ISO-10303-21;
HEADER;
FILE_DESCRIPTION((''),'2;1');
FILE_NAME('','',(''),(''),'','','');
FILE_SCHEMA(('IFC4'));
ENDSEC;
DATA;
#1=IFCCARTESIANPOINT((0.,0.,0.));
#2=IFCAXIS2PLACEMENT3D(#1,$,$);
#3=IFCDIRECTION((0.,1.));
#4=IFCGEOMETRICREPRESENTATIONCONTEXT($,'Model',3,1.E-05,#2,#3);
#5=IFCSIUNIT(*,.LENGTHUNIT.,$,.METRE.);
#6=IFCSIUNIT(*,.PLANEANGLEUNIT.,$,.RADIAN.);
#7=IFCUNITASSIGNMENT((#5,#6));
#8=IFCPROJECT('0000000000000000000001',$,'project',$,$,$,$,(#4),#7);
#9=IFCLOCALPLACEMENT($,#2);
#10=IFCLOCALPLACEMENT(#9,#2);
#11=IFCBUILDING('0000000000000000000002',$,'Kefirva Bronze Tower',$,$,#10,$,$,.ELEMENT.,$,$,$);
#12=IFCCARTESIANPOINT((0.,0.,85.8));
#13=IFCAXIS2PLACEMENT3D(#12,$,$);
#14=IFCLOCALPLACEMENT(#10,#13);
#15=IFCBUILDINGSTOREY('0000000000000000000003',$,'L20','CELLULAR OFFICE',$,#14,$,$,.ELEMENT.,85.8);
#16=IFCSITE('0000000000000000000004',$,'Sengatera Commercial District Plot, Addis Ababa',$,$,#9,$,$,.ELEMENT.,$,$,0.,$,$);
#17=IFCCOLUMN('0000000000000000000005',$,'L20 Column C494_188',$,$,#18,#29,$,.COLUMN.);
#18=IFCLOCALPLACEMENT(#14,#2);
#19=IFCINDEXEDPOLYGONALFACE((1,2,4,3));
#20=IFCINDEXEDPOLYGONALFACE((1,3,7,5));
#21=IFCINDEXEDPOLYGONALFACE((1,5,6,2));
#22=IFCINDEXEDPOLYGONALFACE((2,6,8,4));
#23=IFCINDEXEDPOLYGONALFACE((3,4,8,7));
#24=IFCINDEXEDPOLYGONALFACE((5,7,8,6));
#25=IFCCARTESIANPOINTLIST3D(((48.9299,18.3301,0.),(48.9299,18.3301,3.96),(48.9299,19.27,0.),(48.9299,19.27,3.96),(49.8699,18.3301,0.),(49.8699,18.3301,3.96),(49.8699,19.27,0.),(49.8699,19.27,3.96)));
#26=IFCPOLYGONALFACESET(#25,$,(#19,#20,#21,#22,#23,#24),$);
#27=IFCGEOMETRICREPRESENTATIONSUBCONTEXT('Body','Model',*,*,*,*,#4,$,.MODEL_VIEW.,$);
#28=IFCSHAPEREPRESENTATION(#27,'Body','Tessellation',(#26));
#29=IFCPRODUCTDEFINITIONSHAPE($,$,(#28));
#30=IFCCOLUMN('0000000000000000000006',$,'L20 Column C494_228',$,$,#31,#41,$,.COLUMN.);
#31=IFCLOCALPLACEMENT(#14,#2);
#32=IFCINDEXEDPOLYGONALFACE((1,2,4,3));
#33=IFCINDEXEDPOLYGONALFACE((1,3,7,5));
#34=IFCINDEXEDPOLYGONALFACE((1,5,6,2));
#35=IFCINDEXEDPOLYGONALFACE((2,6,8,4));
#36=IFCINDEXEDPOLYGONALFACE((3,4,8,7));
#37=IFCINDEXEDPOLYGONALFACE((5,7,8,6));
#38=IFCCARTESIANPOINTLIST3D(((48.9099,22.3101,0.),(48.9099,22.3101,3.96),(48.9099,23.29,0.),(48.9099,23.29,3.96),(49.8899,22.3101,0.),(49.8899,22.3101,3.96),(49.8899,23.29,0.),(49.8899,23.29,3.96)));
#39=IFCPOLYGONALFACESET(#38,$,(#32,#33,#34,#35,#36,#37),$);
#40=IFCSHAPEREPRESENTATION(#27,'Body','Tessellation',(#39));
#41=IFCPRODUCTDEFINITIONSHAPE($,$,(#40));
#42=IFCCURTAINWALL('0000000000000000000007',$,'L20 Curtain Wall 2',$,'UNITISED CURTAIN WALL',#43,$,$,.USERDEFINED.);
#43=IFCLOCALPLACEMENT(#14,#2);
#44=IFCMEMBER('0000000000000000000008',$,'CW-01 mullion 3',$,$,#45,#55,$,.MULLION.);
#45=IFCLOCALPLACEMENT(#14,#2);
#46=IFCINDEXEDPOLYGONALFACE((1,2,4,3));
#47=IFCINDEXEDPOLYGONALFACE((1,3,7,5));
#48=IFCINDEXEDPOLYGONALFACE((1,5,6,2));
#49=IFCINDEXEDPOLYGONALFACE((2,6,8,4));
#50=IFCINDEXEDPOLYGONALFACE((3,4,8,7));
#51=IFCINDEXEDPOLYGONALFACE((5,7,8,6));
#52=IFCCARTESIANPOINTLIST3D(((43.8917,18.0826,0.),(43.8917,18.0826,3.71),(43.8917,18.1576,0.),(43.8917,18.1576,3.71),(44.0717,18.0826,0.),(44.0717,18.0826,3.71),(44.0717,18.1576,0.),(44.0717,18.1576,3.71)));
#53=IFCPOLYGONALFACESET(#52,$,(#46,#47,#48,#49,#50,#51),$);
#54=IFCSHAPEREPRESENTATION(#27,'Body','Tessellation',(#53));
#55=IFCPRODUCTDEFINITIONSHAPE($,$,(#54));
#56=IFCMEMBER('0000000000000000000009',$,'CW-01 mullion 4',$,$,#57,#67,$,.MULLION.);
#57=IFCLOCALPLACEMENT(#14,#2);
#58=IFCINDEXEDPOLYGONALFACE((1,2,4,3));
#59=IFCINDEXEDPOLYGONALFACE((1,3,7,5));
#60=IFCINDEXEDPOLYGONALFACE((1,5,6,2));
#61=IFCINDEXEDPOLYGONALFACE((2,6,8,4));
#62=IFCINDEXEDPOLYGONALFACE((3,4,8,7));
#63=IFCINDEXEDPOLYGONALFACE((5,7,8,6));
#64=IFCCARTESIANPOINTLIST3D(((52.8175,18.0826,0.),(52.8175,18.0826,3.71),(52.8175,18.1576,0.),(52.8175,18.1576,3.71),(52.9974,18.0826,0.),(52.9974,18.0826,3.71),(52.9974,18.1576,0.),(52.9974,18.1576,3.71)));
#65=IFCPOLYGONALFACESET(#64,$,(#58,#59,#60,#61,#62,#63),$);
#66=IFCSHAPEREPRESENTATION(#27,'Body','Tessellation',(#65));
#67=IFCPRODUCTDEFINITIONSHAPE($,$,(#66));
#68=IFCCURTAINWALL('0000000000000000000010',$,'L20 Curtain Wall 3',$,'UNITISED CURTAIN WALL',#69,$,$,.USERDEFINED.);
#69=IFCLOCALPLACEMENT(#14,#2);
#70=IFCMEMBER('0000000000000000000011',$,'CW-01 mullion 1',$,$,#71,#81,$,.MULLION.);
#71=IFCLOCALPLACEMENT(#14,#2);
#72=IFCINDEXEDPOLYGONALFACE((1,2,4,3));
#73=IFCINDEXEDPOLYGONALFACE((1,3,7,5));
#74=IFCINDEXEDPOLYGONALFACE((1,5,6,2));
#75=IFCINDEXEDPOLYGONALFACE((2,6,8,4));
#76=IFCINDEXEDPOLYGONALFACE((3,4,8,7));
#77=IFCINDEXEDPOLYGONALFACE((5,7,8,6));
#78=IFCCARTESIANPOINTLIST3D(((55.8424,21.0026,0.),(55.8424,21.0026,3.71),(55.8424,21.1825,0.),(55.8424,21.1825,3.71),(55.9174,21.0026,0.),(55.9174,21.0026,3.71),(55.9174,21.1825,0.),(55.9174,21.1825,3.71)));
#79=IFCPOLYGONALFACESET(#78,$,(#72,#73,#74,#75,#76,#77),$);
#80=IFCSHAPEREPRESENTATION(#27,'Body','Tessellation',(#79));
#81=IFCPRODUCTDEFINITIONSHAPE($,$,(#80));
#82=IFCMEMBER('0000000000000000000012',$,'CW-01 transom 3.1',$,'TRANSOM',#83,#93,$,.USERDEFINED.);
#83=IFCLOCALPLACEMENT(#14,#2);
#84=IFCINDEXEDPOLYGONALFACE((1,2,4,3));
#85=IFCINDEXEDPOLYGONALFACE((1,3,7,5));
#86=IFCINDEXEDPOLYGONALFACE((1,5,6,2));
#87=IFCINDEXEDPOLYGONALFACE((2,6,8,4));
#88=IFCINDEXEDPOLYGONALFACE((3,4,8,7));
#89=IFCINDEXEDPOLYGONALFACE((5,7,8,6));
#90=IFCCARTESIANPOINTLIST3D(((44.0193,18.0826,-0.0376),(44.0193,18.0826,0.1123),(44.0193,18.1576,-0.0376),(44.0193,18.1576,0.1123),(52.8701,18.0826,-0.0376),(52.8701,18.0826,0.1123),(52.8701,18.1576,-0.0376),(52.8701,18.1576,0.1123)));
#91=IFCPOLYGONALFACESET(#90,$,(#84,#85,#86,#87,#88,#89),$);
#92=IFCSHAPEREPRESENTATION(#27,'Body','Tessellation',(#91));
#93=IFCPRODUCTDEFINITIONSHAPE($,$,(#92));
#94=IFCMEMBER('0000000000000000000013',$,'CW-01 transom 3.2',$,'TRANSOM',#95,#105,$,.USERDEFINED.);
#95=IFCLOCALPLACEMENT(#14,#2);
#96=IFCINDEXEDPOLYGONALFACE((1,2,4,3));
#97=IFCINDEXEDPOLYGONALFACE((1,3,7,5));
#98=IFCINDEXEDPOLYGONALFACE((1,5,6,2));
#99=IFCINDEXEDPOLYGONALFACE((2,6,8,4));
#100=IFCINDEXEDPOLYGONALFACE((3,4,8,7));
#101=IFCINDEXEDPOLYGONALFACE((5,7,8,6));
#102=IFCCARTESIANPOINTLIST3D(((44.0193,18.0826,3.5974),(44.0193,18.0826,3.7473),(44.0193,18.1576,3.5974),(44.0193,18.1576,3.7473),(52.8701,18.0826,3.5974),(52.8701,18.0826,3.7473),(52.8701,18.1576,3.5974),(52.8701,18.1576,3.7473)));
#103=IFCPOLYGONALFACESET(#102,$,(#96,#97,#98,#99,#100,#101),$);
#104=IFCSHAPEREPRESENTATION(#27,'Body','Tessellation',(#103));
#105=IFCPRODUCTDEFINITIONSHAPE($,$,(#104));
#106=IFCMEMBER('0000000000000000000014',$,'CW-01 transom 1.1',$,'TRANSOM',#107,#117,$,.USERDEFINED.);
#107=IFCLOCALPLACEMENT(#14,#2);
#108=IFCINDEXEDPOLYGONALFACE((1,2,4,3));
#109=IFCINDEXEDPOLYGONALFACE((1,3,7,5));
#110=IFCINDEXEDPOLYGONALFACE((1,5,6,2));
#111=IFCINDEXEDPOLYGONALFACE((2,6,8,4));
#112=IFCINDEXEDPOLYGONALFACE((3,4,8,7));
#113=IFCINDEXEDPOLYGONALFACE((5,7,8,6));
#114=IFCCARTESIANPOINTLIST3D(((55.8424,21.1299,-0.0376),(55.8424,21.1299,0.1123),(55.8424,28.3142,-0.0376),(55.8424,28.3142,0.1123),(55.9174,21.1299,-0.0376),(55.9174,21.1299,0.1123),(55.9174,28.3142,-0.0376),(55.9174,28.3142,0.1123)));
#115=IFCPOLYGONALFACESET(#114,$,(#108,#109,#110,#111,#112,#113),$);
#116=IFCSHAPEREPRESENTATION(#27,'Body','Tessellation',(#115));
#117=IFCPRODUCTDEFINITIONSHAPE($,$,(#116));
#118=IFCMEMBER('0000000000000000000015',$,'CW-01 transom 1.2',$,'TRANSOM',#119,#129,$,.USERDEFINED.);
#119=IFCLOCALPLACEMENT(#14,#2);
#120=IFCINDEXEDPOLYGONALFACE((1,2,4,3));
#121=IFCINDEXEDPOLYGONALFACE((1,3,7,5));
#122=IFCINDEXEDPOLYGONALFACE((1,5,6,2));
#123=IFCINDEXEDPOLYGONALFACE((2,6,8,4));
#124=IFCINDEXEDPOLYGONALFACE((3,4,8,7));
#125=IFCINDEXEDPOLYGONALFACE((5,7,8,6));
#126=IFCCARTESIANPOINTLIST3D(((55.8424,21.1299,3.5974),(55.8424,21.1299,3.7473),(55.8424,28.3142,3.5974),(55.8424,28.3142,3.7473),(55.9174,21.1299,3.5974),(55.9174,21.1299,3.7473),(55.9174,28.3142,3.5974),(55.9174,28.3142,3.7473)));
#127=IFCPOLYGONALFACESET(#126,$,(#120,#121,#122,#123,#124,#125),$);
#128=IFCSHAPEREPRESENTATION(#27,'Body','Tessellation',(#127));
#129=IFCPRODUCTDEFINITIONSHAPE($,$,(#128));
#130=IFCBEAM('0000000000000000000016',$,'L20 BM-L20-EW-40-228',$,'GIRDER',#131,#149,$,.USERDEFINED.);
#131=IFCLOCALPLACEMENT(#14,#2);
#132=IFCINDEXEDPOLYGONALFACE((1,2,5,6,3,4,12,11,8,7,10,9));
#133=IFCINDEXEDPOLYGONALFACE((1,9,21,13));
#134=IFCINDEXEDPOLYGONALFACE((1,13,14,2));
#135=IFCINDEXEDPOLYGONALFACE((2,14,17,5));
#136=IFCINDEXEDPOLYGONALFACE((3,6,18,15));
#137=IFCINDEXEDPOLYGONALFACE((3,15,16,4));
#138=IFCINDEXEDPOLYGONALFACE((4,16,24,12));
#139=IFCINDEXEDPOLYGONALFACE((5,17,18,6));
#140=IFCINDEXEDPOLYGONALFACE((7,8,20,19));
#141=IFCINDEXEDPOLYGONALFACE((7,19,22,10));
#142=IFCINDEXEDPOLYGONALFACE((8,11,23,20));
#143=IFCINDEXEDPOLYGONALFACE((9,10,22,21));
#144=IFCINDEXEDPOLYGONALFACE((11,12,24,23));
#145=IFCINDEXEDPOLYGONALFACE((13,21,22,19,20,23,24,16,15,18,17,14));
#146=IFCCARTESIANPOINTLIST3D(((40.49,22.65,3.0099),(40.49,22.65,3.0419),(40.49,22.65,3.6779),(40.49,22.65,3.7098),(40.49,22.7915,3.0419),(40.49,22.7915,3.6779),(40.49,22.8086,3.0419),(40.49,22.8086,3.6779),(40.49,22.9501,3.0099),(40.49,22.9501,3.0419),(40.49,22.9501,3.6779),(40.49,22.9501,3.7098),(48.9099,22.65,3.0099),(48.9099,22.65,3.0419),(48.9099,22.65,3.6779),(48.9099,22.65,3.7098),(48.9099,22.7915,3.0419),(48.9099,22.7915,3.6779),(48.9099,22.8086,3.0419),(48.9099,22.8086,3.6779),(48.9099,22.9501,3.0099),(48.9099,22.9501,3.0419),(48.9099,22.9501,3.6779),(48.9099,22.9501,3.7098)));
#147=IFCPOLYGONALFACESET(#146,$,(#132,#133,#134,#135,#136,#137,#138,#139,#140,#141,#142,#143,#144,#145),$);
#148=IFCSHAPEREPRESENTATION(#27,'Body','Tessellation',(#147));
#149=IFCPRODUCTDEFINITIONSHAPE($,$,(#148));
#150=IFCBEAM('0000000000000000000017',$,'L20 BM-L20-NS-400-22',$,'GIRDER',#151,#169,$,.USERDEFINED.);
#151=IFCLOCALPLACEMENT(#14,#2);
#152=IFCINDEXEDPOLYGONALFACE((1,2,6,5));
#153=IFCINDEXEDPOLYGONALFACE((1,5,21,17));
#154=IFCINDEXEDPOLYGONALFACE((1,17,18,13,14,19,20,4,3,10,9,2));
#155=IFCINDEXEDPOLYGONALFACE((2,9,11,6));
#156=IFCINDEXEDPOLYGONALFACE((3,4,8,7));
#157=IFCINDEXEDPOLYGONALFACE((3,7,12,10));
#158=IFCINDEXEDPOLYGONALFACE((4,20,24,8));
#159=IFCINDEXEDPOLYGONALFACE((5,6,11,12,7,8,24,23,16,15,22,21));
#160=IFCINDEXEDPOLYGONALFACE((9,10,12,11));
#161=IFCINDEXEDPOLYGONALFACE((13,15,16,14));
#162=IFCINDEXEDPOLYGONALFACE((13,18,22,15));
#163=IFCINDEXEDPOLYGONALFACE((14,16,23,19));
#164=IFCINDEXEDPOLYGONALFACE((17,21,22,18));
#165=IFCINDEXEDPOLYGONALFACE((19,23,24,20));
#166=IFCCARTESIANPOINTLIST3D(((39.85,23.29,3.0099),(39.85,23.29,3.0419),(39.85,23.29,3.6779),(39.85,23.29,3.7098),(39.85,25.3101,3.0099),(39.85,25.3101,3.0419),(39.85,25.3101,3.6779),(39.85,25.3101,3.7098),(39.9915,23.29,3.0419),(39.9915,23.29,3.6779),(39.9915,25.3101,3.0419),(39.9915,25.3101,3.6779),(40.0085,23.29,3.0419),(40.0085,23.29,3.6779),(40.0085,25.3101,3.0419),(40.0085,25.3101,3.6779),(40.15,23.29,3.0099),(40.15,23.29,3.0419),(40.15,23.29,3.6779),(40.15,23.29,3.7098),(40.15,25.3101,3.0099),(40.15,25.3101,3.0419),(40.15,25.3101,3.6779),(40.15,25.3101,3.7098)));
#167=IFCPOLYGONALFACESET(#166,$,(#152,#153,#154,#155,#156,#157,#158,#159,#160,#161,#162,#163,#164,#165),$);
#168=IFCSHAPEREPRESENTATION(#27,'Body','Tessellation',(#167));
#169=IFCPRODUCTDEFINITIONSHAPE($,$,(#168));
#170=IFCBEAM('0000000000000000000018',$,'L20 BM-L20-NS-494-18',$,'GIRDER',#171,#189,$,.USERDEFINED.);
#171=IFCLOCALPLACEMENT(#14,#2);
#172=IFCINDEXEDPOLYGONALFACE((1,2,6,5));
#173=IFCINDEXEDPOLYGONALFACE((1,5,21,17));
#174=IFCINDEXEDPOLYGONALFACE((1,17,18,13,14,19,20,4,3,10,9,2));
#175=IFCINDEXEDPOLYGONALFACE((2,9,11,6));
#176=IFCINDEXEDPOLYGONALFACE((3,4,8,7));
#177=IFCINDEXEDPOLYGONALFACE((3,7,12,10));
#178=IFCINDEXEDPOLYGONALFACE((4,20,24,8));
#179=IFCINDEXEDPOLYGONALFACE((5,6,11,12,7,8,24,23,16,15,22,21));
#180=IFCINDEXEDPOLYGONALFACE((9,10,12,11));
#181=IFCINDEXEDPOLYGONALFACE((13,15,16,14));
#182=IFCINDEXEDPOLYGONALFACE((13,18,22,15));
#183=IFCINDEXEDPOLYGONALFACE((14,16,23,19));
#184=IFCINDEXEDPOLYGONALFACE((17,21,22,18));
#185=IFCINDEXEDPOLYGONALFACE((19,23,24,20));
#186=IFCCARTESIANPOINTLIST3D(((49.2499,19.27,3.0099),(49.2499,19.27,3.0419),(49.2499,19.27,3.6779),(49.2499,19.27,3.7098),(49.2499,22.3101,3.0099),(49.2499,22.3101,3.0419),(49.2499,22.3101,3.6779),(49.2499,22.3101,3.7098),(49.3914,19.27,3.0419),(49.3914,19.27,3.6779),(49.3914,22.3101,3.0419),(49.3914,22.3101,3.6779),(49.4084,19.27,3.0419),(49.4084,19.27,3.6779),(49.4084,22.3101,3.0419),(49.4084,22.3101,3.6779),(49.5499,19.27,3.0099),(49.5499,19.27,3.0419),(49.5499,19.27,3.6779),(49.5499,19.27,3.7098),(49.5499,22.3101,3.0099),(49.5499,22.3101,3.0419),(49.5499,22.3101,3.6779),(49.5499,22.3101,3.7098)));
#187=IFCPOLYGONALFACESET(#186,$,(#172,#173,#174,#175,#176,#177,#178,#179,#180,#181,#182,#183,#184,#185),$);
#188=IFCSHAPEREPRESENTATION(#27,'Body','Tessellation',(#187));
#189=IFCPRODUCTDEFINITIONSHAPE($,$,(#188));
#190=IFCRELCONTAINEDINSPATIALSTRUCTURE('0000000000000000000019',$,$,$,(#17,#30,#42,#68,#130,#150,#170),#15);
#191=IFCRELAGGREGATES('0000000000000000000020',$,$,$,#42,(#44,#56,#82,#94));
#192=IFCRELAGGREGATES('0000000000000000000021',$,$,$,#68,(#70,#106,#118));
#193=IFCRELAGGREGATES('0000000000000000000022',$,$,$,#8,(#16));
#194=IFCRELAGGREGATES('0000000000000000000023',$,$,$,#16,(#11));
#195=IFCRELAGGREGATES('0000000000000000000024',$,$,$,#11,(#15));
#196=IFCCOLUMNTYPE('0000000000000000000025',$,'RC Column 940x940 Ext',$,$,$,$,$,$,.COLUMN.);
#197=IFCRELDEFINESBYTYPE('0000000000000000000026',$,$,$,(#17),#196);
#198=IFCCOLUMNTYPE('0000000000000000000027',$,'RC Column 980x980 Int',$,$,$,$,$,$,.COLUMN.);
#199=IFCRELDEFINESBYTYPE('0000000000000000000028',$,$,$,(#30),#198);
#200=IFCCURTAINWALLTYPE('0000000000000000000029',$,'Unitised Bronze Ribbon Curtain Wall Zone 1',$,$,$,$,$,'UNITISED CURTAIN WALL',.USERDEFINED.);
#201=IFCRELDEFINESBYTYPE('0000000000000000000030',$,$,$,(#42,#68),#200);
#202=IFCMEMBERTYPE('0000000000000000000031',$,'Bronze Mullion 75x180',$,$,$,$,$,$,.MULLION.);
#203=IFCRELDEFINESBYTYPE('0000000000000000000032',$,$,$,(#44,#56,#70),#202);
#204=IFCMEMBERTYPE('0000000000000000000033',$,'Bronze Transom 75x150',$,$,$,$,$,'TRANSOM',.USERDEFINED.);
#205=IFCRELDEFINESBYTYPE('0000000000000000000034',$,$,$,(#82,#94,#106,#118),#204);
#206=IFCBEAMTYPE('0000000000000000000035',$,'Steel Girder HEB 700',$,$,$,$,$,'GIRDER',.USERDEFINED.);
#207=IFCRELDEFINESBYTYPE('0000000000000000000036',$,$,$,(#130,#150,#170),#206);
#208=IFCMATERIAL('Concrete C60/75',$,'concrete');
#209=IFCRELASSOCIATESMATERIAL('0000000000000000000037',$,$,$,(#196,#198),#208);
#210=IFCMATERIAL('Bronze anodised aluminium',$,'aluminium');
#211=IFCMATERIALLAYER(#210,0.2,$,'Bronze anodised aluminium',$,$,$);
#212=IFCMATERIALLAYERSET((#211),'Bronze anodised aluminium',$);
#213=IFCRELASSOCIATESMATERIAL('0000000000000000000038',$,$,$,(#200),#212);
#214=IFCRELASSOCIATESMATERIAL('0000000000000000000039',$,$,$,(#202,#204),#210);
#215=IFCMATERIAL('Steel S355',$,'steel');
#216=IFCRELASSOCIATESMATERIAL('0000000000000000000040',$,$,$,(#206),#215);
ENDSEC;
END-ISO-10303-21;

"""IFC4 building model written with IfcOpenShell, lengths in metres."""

from ifc_helpers import new_model, si_unit, direction, frame, origin, origin_2d, place, context, subcontext, project, spatial, rectangle, i_section, extrude, material, layer, layer_set, material_profile, profile_set, type_object, element, aggregate, save


model = new_model("IFC4")

# Units and contexts
model_context = context("Model", 3, precision=1e-05, world=origin(), true_north=direction((0.0, 1.0)))
body_context = subcontext(model_context, "Body", "Model", "MODEL_VIEW")
ifc_project = project(units=[si_unit("LENGTHUNIT", "METRE"), si_unit("PLANEANGLEUNIT", "RADIAN")], contexts=[model_context])

# Site, building, storey
site_placement = place(None, origin())
site = spatial("IfcSite", under=ifc_project, at=site_placement, Name="Sengatera Commercial District Plot, Addis Ababa", CompositionType="ELEMENT", RefElevation=0.0)
building_placement = place(site_placement, origin())
building = spatial("IfcBuilding", under=site, at=building_placement, Name="Kefirva Bronze Tower", CompositionType="ELEMENT")
storey_placement = place(building_placement, frame((0.0, 0.0, 85.8)))
storey = spatial("IfcBuildingStorey", under=building, at=storey_placement, Name="L20", Description="CELLULAR OFFICE", CompositionType="ELEMENT", Elevation=85.8)

# Columns
ifc_material_1 = material(Name="Concrete C60/75", Category="concrete")
ifc_material_profile_1 = material_profile(ifc_material_1, rectangle(XDim=0.9399, YDim=0.9399, at=origin_2d()), Name="RC 940x940")
ifc_profile_set_1 = profile_set([ifc_material_profile_1], Name="Concrete C60/75")
column_type_1 = type_object("IfcColumnType", Name="RC Column 940x940 Ext", PredefinedType="COLUMN", material=ifc_profile_set_1)
column_1_placement = place(storey_placement, frame((49.3999, 18.8, 0.0), z_axis=(0.0, 0.0, 1.0), x_axis=(1.0, 0.0, 0.0)))
element("IfcColumn", 1, at=column_1_placement, inside=storey, type_object=column_type_1, Name="L20 Column C494_188", PredefinedType="COLUMN", context=body_context, shape_type="SweptSolid", body=[
    extrude(rectangle(XDim=0.9399, YDim=0.9399, at=origin_2d()), origin(), (0.0, 0.0, 1.0), 3.96),
])
ifc_material_profile_2 = material_profile(ifc_material_1, rectangle(XDim=0.98, YDim=0.98, at=origin_2d()), Name="RC 980x980")
ifc_profile_set_2 = profile_set([ifc_material_profile_2], Name="Concrete C60/75")
column_type_2 = type_object("IfcColumnType", Name="RC Column 980x980 Int", PredefinedType="COLUMN", material=ifc_profile_set_2)
column_2_placement = place(storey_placement, frame((49.3999, 22.8, 0.0), z_axis=(0.0, 0.0, 1.0), x_axis=(1.0, 0.0, 0.0)))
element("IfcColumn", 2, at=column_2_placement, inside=storey, type_object=column_type_2, Name="L20 Column C494_228", PredefinedType="COLUMN", context=body_context, shape_type="SweptSolid", body=[
    extrude(rectangle(XDim=0.98, YDim=0.98, at=origin_2d()), origin(), (0.0, 0.0, 1.0), 3.96),
])

# Curtain wall, members
ifc_material_2 = material(Name="Bronze anodised aluminium", Category="aluminium")
ifc_layer_1 = layer(ifc_material_2, 0.2, Name="Bronze anodised aluminium")
ifc_layer_set_1 = layer_set([ifc_layer_1], Name="Bronze anodised aluminium")
curtain_wall_type = type_object("IfcCurtainWallType", Name="Unitised Bronze Ribbon Curtain Wall Zone 1", ElementType="UNITISED CURTAIN WALL", PredefinedType="USERDEFINED", material=ifc_layer_set_1)
curtain_wall_1_placement = place(storey_placement, origin())
curtain_wall_1 = element("IfcCurtainWall", 3, at=curtain_wall_1_placement, inside=storey, type_object=curtain_wall_type, Name="L20 Curtain Wall 2", ObjectType="UNITISED CURTAIN WALL", PredefinedType="USERDEFINED")
ifc_material_profile_3 = material_profile(ifc_material_2, rectangle(XDim=0.075, YDim=0.1799, at=origin_2d()), Name="ALU 75x180")
ifc_profile_set_3 = profile_set([ifc_material_profile_3], Name="Bronze anodised aluminium")
member_type_1 = type_object("IfcMemberType", Name="Bronze Mullion 75x180", PredefinedType="MULLION", material=ifc_profile_set_3)
member_1_placement = place(storey_placement, frame((43.9817, 18.1201, 0.0), z_axis=(0.0, 0.0, 1.0), x_axis=(0.0, 1.0, 0.0)))
member_1 = element("IfcMember", 4, at=member_1_placement, type_object=member_type_1, Name="CW-01 mullion 3", PredefinedType="MULLION", context=body_context, shape_type="SweptSolid", body=[
    extrude(rectangle(XDim=0.075, YDim=0.1799, at=origin_2d()), origin(), (0.0, 0.0, 1.0), 3.71),
])
member_2_placement = place(storey_placement, frame((52.9075, 18.1201, 0.0), z_axis=(0.0, 0.0, 1.0), x_axis=(0.0, 1.0, 0.0)))
member_2 = element("IfcMember", 5, at=member_2_placement, type_object=member_type_1, Name="CW-01 mullion 4", PredefinedType="MULLION", context=body_context, shape_type="SweptSolid", body=[
    extrude(rectangle(XDim=0.075, YDim=0.1799, at=origin_2d()), origin(), (0.0, 0.0, 1.0), 3.71),
])

# Curtain wall, member
curtain_wall_2_placement = place(storey_placement, origin())
curtain_wall_2 = element("IfcCurtainWall", 6, at=curtain_wall_2_placement, inside=storey, type_object=curtain_wall_type, Name="L20 Curtain Wall 3", ObjectType="UNITISED CURTAIN WALL", PredefinedType="USERDEFINED")
member_3_placement = place(storey_placement, frame((55.8799, 21.0925, 0.0), z_axis=(0.0, 0.0, 1.0), x_axis=(-1.0, 0.0, 0.0)))
member_3 = element("IfcMember", 7, at=member_3_placement, type_object=member_type_1, Name="CW-01 mullion 1", PredefinedType="MULLION", context=body_context, shape_type="SweptSolid", body=[
    extrude(rectangle(XDim=0.075, YDim=0.1799, at=origin_2d()), origin(), (0.0, 0.0, 1.0), 3.71),
])

# Members
ifc_material_profile_4 = material_profile(ifc_material_2, rectangle(XDim=0.075, YDim=0.1499, at=origin_2d()), Name="ALU 75x150")
ifc_profile_set_4 = profile_set([ifc_material_profile_4], Name="Bronze anodised aluminium")
member_type_2 = type_object("IfcMemberType", Name="Bronze Transom 75x150", ElementType="TRANSOM", PredefinedType="USERDEFINED", material=ifc_profile_set_4)
member_4_placement = place(storey_placement, frame((44.0193, 18.1201, 0.0374), z_axis=(1.0, 0.0, 0.0), x_axis=(0.0, 1.0, 0.0)))
member_4 = element("IfcMember", 8, at=member_4_placement, type_object=member_type_2, Name="CW-01 transom 3.1", ObjectType="TRANSOM", PredefinedType="USERDEFINED", context=body_context, shape_type="SweptSolid", body=[
    extrude(rectangle(XDim=0.075, YDim=0.1499, at=origin_2d()), origin(), (0.0, 0.0, 1.0), 8.8508),
])
member_5_placement = place(storey_placement, frame((44.0193, 18.1201, 3.6724), z_axis=(1.0, 0.0, 0.0), x_axis=(0.0, 1.0, 0.0)))
member_5 = element("IfcMember", 9, at=member_5_placement, type_object=member_type_2, Name="CW-01 transom 3.2", ObjectType="TRANSOM", PredefinedType="USERDEFINED", context=body_context, shape_type="SweptSolid", body=[
    extrude(rectangle(XDim=0.075, YDim=0.1499, at=origin_2d()), origin(), (0.0, 0.0, 1.0), 8.8508),
])
member_6_placement = place(storey_placement, frame((55.8799, 21.1299, 0.0374), z_axis=(0.0, 1.0, 0.0), x_axis=(-1.0, 0.0, 0.0)))
member_6 = element("IfcMember", 10, at=member_6_placement, type_object=member_type_2, Name="CW-01 transom 1.1", ObjectType="TRANSOM", PredefinedType="USERDEFINED", context=body_context, shape_type="SweptSolid", body=[
    extrude(rectangle(XDim=0.075, YDim=0.1499, at=origin_2d()), origin(), (0.0, 0.0, 1.0), 7.1843),
])
member_7_placement = place(storey_placement, frame((55.8799, 21.1299, 3.6724), z_axis=(0.0, 1.0, 0.0), x_axis=(-1.0, 0.0, 0.0)))
member_7 = element("IfcMember", 11, at=member_7_placement, type_object=member_type_2, Name="CW-01 transom 1.2", ObjectType="TRANSOM", PredefinedType="USERDEFINED", context=body_context, shape_type="SweptSolid", body=[
    extrude(rectangle(XDim=0.075, YDim=0.1499, at=origin_2d()), origin(), (0.0, 0.0, 1.0), 7.1843),
])

# Beams
ifc_material_3 = material(Name="Steel S355", Category="steel")
ifc_material_profile_5 = material_profile(ifc_material_3, i_section(OverallWidth=0.3, OverallDepth=0.7, WebThickness=0.0171, FlangeThickness=0.032, at=origin_2d()), Name="HEB 700")
ifc_profile_set_5 = profile_set([ifc_material_profile_5], Name="Steel S355")
beam_type_1 = type_object("IfcBeamType", Name="Steel Girder HEB 700", ElementType="GIRDER", PredefinedType="USERDEFINED", material=ifc_profile_set_5)
beam_1_placement = place(storey_placement, frame((40.49, 22.8, 3.3599), z_axis=(1.0, 0.0, 0.0), x_axis=(0.0, 1.0, 0.0)))
element("IfcBeam", 12, at=beam_1_placement, inside=storey, type_object=beam_type_1, Name="L20 BM-L20-EW-40-228", ObjectType="GIRDER", PredefinedType="USERDEFINED", context=body_context, shape_type="SweptSolid", body=[
    extrude(i_section(OverallWidth=0.3, OverallDepth=0.7, WebThickness=0.0171, FlangeThickness=0.032, at=origin_2d()), origin(), (0.0, 0.0, 1.0), 8.4199),
])
beam_2_placement = place(storey_placement, frame((40.0, 23.29, 3.3599), z_axis=(0.0, 1.0, 0.0), x_axis=(-1.0, 0.0, 0.0)))
element("IfcBeam", 13, at=beam_2_placement, inside=storey, type_object=beam_type_1, Name="L20 BM-L20-NS-400-22", ObjectType="GIRDER", PredefinedType="USERDEFINED", context=body_context, shape_type="SweptSolid", body=[
    extrude(i_section(OverallWidth=0.3, OverallDepth=0.7, WebThickness=0.0171, FlangeThickness=0.032, at=origin_2d()), origin(), (0.0, 0.0, 1.0), 2.02),
])
beam_3_placement = place(storey_placement, frame((49.3999, 19.27, 3.3599), z_axis=(0.0, 1.0, 0.0), x_axis=(-1.0, 0.0, 0.0)))
element("IfcBeam", 14, at=beam_3_placement, inside=storey, type_object=beam_type_1, Name="L20 BM-L20-NS-494-18", ObjectType="GIRDER", PredefinedType="USERDEFINED", context=body_context, shape_type="SweptSolid", body=[
    extrude(i_section(OverallWidth=0.3, OverallDepth=0.7, WebThickness=0.0171, FlangeThickness=0.032, at=origin_2d()), origin(), (0.0, 0.0, 1.0), 3.04),
])

aggregate(curtain_wall_1, [member_1, member_2, member_4, member_5])
aggregate(curtain_wall_2, [member_3, member_6, member_7])

save(model, "model.ifc")
